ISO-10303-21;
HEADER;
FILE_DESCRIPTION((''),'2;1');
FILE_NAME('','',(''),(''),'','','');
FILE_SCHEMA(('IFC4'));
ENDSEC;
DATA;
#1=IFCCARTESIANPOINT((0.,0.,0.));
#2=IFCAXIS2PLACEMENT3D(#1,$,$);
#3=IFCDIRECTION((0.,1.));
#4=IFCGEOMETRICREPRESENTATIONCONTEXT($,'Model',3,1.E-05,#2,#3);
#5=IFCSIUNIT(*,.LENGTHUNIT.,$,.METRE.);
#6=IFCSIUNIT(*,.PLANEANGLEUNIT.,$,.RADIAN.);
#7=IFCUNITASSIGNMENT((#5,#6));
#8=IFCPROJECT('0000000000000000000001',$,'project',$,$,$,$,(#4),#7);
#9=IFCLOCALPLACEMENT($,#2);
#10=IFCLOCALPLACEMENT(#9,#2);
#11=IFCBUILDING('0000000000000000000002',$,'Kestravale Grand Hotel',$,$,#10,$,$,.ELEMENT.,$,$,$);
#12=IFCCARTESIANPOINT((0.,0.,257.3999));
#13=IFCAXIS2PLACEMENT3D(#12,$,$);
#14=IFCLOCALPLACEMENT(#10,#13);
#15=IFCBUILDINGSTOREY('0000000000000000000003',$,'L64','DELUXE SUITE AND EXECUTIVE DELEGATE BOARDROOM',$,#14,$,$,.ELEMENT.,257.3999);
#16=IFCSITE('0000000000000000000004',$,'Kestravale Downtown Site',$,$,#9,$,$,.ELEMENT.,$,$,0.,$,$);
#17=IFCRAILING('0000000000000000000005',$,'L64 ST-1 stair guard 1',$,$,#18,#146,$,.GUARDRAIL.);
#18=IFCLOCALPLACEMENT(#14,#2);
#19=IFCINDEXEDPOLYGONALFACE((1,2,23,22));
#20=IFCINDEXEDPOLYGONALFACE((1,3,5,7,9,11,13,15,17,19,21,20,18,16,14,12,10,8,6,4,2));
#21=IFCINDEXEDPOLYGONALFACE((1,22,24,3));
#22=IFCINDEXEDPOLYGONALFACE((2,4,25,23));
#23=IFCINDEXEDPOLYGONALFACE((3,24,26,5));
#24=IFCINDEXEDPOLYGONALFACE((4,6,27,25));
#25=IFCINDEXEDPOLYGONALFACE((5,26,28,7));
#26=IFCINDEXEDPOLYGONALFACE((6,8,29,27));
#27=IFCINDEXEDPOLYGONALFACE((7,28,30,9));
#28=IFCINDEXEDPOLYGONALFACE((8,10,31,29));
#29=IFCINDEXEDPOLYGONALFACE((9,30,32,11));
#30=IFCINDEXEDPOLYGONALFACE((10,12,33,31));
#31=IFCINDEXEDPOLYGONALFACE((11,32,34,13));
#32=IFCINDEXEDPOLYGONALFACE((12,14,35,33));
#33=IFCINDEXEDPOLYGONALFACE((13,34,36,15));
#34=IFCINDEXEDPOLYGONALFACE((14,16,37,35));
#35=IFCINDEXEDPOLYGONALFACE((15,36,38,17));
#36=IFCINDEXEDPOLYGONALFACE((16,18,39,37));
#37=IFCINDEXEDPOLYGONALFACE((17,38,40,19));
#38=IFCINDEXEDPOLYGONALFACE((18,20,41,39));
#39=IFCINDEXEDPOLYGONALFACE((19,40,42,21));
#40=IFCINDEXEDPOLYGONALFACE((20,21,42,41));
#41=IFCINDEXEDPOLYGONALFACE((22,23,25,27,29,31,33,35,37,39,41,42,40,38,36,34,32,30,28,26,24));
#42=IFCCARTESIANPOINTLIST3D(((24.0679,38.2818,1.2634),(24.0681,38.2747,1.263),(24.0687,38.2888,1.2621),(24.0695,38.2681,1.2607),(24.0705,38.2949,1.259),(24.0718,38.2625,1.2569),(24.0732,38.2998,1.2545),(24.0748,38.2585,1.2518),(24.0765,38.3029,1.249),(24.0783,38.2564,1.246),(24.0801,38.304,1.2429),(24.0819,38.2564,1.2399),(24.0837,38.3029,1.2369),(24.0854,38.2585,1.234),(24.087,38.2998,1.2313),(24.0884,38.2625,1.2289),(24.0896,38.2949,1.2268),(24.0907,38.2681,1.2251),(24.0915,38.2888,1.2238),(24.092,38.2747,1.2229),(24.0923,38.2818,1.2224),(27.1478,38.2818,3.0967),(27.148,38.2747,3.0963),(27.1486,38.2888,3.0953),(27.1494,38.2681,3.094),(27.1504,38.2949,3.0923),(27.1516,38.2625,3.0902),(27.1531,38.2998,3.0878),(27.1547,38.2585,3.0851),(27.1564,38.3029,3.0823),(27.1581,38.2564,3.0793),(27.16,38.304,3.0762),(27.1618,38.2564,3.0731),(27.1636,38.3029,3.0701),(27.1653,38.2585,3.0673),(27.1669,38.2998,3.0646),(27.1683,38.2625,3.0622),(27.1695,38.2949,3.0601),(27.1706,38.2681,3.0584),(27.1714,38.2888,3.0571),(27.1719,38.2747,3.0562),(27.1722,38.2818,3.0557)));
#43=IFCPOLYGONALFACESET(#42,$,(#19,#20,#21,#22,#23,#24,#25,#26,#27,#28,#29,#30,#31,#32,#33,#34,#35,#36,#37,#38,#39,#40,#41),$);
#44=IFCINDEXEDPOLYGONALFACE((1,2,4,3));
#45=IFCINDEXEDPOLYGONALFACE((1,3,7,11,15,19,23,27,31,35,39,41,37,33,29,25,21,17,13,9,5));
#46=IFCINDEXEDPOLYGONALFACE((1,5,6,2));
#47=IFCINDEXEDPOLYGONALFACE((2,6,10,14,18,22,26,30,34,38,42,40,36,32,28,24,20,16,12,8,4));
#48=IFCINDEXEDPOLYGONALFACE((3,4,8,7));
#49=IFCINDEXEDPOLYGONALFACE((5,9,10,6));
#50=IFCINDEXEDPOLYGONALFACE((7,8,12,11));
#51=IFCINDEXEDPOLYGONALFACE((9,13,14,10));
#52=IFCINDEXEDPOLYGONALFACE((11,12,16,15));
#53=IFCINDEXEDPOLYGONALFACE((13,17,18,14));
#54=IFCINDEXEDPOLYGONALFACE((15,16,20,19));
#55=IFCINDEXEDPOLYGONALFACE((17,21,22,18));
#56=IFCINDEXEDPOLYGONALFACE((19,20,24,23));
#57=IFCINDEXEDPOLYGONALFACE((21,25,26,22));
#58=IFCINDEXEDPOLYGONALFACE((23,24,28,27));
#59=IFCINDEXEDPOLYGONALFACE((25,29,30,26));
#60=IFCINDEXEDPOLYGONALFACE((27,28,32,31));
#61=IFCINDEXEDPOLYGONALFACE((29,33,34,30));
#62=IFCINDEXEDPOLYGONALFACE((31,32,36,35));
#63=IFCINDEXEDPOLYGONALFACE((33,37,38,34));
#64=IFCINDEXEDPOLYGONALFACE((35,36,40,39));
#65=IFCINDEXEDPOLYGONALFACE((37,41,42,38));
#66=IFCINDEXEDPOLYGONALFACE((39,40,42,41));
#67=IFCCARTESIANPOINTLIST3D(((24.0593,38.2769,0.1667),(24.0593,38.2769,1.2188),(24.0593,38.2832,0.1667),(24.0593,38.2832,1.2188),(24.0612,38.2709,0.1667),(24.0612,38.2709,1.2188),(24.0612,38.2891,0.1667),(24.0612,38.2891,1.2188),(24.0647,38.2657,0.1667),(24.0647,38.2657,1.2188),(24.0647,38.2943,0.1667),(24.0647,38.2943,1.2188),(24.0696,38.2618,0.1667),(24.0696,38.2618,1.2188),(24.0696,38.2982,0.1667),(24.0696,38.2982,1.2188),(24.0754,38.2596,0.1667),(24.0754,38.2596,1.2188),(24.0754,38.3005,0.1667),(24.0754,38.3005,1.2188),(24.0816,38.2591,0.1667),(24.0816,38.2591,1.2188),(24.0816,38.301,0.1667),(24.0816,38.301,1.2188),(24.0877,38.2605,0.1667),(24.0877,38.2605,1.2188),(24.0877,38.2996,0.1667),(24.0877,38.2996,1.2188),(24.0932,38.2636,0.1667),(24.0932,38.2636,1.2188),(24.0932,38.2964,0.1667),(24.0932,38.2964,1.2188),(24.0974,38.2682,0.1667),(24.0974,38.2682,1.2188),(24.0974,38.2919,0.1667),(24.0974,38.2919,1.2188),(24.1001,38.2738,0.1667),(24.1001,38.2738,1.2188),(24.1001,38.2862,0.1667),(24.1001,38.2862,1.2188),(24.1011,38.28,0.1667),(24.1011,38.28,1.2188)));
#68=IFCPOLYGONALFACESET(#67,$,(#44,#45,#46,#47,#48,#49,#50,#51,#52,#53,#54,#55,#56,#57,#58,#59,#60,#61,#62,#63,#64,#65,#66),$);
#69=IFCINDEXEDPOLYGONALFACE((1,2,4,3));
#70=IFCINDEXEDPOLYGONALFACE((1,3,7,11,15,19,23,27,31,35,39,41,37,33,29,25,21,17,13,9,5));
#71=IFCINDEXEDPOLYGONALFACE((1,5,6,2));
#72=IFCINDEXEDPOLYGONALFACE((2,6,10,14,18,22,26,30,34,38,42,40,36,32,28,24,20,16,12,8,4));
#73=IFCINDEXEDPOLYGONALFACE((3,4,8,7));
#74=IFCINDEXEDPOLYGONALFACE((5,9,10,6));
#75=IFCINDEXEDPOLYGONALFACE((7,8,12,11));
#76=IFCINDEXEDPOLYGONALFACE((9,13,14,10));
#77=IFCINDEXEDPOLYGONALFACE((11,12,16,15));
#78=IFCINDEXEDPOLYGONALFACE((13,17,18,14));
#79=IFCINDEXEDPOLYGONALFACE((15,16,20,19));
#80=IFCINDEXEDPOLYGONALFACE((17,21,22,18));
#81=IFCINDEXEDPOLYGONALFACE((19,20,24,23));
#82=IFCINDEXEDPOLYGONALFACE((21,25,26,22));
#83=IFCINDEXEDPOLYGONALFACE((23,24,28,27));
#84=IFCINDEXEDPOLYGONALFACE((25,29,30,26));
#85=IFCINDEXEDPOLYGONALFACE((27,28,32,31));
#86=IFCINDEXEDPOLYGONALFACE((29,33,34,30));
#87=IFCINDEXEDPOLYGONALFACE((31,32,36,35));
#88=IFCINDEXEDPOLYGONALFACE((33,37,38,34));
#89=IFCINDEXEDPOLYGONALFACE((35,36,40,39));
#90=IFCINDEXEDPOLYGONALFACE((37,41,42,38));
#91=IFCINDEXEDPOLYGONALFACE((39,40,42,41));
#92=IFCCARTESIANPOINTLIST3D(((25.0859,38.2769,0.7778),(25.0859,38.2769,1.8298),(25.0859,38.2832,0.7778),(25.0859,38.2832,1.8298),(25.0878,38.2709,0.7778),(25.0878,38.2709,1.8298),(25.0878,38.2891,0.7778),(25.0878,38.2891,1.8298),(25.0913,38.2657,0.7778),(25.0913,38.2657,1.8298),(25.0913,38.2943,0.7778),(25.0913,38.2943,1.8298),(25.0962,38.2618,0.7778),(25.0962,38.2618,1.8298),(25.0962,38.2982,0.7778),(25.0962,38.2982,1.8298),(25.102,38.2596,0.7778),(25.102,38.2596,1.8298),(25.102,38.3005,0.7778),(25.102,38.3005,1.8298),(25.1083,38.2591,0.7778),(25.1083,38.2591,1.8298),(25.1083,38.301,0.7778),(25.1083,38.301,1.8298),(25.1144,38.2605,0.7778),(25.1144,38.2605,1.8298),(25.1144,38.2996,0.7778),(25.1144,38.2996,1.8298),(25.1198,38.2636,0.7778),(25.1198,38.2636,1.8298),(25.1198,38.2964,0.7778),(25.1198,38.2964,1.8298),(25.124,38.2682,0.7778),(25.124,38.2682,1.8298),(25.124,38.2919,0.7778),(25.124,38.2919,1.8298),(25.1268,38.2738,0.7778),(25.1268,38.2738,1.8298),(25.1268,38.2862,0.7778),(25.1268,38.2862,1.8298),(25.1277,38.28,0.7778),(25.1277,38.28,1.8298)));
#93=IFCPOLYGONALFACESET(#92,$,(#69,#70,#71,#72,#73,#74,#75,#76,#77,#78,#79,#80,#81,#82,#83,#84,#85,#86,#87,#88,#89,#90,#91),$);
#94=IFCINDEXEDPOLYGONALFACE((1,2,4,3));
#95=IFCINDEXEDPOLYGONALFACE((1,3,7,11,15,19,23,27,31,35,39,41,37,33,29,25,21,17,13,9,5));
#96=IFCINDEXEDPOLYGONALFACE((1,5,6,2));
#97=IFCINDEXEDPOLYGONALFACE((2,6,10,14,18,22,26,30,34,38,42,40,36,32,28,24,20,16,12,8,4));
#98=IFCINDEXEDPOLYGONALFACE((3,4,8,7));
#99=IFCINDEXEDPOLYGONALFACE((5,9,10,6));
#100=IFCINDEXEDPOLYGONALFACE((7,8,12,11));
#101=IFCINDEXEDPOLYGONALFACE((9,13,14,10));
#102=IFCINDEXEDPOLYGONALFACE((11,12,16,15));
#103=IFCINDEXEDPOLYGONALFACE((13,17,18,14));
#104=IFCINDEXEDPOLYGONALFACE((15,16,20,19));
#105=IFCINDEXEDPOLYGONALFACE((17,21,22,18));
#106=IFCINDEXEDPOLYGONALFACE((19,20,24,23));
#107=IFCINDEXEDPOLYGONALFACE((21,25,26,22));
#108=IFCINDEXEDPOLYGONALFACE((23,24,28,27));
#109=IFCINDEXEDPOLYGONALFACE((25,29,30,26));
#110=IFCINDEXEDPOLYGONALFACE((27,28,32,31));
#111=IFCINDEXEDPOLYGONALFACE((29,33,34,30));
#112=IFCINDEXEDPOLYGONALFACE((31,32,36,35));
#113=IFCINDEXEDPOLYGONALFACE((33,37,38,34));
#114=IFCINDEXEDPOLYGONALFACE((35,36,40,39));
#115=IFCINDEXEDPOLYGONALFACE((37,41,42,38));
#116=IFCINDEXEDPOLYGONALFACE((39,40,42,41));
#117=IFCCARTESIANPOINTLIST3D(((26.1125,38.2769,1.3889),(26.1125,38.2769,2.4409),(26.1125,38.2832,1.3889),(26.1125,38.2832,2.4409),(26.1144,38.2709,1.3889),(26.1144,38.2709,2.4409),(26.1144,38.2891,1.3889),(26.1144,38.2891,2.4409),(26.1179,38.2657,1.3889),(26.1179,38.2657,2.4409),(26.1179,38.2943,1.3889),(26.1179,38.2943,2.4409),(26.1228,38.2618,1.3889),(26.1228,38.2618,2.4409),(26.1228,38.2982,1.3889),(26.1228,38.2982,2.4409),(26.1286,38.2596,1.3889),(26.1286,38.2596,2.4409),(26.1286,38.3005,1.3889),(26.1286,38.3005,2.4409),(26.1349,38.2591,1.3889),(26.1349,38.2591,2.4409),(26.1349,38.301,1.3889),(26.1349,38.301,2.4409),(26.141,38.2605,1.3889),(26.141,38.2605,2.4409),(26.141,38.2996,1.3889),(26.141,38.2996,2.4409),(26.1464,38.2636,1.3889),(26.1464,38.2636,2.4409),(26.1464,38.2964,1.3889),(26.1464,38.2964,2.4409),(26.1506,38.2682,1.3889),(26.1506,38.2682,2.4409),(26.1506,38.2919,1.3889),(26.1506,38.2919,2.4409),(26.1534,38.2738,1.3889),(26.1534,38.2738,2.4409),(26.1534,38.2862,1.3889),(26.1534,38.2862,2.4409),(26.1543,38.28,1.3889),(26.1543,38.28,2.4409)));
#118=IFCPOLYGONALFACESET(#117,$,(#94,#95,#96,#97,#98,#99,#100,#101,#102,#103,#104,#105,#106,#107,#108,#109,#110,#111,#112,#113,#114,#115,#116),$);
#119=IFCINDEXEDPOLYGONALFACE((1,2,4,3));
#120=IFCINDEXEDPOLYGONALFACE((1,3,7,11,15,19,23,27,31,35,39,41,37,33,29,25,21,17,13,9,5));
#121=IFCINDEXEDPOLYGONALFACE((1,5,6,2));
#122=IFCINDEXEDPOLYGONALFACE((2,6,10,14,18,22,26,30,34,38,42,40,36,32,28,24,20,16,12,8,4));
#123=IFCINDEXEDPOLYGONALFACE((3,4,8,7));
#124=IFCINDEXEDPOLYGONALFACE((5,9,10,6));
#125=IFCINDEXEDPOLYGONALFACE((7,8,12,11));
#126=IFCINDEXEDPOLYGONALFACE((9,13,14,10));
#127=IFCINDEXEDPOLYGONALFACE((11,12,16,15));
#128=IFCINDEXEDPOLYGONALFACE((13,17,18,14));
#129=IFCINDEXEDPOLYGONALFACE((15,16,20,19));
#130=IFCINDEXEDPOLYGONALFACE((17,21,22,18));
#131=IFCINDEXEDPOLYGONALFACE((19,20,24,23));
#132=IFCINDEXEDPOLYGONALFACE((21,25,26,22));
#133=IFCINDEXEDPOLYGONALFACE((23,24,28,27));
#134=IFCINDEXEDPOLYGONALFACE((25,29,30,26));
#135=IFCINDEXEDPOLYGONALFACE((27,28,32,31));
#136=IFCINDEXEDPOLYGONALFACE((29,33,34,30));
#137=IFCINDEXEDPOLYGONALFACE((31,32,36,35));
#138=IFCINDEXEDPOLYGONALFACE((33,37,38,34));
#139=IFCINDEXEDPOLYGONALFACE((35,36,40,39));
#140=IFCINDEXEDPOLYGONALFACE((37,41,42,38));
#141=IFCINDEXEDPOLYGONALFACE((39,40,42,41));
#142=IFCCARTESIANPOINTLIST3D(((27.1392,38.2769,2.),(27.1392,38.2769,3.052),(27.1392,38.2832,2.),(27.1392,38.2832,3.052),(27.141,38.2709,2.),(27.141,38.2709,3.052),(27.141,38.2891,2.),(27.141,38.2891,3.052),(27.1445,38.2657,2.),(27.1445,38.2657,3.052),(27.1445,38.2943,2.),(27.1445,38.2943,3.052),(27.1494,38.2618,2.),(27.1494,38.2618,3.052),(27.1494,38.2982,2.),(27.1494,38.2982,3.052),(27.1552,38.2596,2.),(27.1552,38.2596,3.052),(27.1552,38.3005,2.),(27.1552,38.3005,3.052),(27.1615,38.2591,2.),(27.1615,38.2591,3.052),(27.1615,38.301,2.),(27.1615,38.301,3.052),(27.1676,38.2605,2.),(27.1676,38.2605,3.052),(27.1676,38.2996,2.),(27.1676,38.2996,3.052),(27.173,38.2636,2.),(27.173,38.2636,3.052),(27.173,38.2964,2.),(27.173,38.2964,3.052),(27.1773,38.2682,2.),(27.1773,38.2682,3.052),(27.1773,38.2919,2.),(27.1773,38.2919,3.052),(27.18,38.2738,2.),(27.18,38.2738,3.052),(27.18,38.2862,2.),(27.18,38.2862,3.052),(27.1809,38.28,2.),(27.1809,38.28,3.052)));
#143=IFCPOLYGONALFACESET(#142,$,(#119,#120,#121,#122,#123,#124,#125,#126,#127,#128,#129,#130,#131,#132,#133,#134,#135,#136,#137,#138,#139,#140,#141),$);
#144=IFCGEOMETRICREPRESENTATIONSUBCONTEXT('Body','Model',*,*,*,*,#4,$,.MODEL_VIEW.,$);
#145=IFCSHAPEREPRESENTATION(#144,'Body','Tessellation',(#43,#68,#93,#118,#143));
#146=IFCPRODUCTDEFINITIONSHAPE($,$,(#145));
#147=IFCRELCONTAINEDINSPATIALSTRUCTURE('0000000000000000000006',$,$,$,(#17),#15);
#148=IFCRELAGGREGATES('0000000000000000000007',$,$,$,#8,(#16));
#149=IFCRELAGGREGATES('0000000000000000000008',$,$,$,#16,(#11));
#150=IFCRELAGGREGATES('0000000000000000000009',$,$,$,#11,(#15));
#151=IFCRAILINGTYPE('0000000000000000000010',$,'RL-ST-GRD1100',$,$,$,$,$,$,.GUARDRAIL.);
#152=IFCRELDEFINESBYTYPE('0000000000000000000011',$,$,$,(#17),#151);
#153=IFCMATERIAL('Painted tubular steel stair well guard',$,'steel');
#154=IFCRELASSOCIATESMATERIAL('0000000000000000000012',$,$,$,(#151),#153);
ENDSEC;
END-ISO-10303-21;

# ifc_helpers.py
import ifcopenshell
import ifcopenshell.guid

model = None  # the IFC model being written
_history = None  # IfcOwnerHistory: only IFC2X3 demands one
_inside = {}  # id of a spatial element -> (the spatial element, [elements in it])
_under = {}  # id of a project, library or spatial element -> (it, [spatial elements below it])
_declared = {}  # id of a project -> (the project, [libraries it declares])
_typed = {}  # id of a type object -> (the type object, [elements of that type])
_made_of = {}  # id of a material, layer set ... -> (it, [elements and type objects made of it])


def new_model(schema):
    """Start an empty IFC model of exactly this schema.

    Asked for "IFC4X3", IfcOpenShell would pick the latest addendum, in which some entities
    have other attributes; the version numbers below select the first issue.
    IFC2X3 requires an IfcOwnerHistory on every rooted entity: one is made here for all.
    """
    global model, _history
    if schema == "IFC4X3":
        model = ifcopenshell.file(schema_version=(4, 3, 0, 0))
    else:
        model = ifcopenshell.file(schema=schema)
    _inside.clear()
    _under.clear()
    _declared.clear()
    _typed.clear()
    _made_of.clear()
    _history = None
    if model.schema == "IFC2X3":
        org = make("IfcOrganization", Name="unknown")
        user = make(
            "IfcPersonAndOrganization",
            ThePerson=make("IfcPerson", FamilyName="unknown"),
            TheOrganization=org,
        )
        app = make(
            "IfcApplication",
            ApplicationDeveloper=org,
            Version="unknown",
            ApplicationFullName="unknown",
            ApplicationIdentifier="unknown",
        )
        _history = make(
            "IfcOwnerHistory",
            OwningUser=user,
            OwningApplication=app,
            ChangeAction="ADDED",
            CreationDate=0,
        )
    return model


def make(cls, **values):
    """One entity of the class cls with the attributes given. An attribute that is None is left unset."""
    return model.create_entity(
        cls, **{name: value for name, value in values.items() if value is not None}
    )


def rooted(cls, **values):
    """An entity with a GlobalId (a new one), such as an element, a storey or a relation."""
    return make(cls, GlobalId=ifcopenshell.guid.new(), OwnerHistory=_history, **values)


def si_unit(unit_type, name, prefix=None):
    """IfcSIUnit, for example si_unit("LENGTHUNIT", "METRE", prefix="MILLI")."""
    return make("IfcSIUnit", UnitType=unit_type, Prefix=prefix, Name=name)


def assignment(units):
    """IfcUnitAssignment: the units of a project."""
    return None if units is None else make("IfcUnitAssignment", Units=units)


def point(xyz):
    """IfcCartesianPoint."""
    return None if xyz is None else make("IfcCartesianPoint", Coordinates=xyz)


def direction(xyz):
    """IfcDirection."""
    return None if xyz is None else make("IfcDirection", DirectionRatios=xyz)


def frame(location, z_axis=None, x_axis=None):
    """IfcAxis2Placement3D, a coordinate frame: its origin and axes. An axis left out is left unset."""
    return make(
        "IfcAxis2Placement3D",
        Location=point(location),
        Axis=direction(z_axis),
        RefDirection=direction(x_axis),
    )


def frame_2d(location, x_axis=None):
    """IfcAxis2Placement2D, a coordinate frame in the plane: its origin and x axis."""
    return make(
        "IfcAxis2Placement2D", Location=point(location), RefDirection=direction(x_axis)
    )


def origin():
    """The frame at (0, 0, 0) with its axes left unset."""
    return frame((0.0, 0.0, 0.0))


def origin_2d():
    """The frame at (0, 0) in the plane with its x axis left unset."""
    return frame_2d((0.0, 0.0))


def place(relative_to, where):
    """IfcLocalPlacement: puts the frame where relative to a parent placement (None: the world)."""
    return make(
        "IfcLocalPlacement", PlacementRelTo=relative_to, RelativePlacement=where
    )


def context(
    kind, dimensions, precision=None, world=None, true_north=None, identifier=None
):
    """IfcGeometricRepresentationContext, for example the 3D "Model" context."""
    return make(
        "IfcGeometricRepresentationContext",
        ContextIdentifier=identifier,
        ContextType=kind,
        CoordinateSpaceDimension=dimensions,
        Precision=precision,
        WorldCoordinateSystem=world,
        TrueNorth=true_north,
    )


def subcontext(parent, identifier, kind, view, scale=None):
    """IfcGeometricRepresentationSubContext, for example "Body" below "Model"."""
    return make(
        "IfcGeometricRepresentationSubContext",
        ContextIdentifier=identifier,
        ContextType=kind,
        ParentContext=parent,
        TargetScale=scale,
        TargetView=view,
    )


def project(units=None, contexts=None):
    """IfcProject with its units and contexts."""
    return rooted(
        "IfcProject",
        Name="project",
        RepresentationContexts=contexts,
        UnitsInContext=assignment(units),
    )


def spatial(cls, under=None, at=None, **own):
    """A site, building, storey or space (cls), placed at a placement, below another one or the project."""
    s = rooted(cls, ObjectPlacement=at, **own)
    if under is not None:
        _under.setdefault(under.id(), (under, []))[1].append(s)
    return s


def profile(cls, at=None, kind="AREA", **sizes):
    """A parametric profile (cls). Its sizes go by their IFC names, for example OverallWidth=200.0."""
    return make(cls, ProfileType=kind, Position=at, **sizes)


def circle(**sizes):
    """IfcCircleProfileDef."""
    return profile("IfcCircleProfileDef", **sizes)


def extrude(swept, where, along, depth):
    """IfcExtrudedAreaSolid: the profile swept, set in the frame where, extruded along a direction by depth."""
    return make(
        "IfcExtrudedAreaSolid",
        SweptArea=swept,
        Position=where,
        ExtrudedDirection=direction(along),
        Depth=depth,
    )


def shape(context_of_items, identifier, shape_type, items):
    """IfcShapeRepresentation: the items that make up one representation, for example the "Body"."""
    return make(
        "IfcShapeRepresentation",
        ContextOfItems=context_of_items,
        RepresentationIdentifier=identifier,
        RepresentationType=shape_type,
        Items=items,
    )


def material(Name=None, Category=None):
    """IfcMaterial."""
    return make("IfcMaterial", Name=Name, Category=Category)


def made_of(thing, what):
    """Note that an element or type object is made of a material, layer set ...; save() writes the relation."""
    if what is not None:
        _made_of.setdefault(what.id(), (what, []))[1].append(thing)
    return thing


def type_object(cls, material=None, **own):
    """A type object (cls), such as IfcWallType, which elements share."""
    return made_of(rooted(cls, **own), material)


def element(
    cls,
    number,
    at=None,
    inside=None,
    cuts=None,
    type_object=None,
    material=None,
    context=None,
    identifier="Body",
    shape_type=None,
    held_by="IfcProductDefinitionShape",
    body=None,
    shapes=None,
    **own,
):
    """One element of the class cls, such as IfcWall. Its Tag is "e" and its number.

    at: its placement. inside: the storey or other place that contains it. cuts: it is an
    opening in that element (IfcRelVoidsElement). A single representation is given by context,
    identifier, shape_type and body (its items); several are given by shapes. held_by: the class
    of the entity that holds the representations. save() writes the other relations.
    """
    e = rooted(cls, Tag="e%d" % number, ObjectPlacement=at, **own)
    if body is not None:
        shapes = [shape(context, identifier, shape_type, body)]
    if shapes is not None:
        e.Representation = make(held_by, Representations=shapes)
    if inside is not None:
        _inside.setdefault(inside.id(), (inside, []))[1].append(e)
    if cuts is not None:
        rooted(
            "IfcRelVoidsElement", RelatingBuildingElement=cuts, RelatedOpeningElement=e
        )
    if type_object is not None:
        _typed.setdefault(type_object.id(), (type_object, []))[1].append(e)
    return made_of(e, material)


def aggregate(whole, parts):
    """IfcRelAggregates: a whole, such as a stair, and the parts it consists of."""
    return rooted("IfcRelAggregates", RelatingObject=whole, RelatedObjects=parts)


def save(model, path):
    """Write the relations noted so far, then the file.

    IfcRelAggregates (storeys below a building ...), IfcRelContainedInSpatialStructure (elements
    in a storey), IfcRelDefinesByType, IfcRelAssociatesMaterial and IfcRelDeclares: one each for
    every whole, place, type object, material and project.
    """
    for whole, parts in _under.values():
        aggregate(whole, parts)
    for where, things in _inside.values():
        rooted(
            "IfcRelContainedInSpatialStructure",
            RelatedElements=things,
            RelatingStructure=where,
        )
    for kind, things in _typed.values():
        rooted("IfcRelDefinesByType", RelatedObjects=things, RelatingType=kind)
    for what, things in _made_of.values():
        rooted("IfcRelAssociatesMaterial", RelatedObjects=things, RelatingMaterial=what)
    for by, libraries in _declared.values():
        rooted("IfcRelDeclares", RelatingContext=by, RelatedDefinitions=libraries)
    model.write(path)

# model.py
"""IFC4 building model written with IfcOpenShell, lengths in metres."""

from ifc_helpers import new_model, si_unit, direction, frame, origin, origin_2d, place, context, subcontext, project, spatial, circle, extrude, material, type_object, element, save


model = new_model("IFC4")

# Units and contexts
model_context = context("Model", 3, precision=1e-05, world=origin(), true_north=direction((0.0, 1.0)))
body_context = subcontext(model_context, "Body", "Model", "MODEL_VIEW")
ifc_project = project(units=[si_unit("LENGTHUNIT", "METRE"), si_unit("PLANEANGLEUNIT", "RADIAN")], contexts=[model_context])

# Site, building, storey
site_placement = place(None, origin())
site = spatial("IfcSite", under=ifc_project, at=site_placement, Name="Kestravale Downtown Site", CompositionType="ELEMENT", RefElevation=0.0)
building_placement = place(site_placement, origin())
building = spatial("IfcBuilding", under=site, at=building_placement, Name="Kestravale Grand Hotel", CompositionType="ELEMENT")
storey_placement = place(building_placement, frame((0.0, 0.0, 257.3999)))
storey = spatial("IfcBuildingStorey", under=building, at=storey_placement, Name="L64", Description="DELUXE SUITE AND EXECUTIVE DELEGATE BOARDROOM", CompositionType="ELEMENT", Elevation=257.3999)

# Railing
ifc_material_1 = material(Name="Painted tubular steel stair well guard", Category="steel")
railing_type_1 = type_object("IfcRailingType", Name="RL-ST-GRD1100", PredefinedType="GUARDRAIL", material=ifc_material_1)
railing_1_placement = place(storey_placement, frame((24.0801, 38.28, 0.1667)))
element("IfcRailing", 1, at=railing_1_placement, inside=storey, type_object=railing_type_1, Name="L64 ST-1 stair guard 1", PredefinedType="GUARDRAIL", context=body_context, shape_type="SweptSolid", body=[
    extrude(circle(Radius=0.0239, at=origin_2d()), frame((0.0, 0.0, 1.0762), z_axis=(0.859291, 0.0, 0.511487), x_axis=(0.0, 1.0, 0.0)), (0.0, 0.0, 1.0), 3.5842),
    extrude(circle(Radius=0.021, at=origin_2d()), origin(), (0.0, 0.0, 1.0), 1.052),
    extrude(circle(Radius=0.021, at=origin_2d()), frame((1.0266, 0.0, 0.6111)), (0.0, 0.0, 1.0), 1.052),
    extrude(circle(Radius=0.021, at=origin_2d()), frame((2.0532, 0.0, 1.2222)), (0.0, 0.0, 1.0), 1.052),
    extrude(circle(Radius=0.021, at=origin_2d()), frame((3.0798, 0.0, 1.8333)), (0.0, 0.0, 1.0), 1.052),
])

save(model, "model.ifc")
